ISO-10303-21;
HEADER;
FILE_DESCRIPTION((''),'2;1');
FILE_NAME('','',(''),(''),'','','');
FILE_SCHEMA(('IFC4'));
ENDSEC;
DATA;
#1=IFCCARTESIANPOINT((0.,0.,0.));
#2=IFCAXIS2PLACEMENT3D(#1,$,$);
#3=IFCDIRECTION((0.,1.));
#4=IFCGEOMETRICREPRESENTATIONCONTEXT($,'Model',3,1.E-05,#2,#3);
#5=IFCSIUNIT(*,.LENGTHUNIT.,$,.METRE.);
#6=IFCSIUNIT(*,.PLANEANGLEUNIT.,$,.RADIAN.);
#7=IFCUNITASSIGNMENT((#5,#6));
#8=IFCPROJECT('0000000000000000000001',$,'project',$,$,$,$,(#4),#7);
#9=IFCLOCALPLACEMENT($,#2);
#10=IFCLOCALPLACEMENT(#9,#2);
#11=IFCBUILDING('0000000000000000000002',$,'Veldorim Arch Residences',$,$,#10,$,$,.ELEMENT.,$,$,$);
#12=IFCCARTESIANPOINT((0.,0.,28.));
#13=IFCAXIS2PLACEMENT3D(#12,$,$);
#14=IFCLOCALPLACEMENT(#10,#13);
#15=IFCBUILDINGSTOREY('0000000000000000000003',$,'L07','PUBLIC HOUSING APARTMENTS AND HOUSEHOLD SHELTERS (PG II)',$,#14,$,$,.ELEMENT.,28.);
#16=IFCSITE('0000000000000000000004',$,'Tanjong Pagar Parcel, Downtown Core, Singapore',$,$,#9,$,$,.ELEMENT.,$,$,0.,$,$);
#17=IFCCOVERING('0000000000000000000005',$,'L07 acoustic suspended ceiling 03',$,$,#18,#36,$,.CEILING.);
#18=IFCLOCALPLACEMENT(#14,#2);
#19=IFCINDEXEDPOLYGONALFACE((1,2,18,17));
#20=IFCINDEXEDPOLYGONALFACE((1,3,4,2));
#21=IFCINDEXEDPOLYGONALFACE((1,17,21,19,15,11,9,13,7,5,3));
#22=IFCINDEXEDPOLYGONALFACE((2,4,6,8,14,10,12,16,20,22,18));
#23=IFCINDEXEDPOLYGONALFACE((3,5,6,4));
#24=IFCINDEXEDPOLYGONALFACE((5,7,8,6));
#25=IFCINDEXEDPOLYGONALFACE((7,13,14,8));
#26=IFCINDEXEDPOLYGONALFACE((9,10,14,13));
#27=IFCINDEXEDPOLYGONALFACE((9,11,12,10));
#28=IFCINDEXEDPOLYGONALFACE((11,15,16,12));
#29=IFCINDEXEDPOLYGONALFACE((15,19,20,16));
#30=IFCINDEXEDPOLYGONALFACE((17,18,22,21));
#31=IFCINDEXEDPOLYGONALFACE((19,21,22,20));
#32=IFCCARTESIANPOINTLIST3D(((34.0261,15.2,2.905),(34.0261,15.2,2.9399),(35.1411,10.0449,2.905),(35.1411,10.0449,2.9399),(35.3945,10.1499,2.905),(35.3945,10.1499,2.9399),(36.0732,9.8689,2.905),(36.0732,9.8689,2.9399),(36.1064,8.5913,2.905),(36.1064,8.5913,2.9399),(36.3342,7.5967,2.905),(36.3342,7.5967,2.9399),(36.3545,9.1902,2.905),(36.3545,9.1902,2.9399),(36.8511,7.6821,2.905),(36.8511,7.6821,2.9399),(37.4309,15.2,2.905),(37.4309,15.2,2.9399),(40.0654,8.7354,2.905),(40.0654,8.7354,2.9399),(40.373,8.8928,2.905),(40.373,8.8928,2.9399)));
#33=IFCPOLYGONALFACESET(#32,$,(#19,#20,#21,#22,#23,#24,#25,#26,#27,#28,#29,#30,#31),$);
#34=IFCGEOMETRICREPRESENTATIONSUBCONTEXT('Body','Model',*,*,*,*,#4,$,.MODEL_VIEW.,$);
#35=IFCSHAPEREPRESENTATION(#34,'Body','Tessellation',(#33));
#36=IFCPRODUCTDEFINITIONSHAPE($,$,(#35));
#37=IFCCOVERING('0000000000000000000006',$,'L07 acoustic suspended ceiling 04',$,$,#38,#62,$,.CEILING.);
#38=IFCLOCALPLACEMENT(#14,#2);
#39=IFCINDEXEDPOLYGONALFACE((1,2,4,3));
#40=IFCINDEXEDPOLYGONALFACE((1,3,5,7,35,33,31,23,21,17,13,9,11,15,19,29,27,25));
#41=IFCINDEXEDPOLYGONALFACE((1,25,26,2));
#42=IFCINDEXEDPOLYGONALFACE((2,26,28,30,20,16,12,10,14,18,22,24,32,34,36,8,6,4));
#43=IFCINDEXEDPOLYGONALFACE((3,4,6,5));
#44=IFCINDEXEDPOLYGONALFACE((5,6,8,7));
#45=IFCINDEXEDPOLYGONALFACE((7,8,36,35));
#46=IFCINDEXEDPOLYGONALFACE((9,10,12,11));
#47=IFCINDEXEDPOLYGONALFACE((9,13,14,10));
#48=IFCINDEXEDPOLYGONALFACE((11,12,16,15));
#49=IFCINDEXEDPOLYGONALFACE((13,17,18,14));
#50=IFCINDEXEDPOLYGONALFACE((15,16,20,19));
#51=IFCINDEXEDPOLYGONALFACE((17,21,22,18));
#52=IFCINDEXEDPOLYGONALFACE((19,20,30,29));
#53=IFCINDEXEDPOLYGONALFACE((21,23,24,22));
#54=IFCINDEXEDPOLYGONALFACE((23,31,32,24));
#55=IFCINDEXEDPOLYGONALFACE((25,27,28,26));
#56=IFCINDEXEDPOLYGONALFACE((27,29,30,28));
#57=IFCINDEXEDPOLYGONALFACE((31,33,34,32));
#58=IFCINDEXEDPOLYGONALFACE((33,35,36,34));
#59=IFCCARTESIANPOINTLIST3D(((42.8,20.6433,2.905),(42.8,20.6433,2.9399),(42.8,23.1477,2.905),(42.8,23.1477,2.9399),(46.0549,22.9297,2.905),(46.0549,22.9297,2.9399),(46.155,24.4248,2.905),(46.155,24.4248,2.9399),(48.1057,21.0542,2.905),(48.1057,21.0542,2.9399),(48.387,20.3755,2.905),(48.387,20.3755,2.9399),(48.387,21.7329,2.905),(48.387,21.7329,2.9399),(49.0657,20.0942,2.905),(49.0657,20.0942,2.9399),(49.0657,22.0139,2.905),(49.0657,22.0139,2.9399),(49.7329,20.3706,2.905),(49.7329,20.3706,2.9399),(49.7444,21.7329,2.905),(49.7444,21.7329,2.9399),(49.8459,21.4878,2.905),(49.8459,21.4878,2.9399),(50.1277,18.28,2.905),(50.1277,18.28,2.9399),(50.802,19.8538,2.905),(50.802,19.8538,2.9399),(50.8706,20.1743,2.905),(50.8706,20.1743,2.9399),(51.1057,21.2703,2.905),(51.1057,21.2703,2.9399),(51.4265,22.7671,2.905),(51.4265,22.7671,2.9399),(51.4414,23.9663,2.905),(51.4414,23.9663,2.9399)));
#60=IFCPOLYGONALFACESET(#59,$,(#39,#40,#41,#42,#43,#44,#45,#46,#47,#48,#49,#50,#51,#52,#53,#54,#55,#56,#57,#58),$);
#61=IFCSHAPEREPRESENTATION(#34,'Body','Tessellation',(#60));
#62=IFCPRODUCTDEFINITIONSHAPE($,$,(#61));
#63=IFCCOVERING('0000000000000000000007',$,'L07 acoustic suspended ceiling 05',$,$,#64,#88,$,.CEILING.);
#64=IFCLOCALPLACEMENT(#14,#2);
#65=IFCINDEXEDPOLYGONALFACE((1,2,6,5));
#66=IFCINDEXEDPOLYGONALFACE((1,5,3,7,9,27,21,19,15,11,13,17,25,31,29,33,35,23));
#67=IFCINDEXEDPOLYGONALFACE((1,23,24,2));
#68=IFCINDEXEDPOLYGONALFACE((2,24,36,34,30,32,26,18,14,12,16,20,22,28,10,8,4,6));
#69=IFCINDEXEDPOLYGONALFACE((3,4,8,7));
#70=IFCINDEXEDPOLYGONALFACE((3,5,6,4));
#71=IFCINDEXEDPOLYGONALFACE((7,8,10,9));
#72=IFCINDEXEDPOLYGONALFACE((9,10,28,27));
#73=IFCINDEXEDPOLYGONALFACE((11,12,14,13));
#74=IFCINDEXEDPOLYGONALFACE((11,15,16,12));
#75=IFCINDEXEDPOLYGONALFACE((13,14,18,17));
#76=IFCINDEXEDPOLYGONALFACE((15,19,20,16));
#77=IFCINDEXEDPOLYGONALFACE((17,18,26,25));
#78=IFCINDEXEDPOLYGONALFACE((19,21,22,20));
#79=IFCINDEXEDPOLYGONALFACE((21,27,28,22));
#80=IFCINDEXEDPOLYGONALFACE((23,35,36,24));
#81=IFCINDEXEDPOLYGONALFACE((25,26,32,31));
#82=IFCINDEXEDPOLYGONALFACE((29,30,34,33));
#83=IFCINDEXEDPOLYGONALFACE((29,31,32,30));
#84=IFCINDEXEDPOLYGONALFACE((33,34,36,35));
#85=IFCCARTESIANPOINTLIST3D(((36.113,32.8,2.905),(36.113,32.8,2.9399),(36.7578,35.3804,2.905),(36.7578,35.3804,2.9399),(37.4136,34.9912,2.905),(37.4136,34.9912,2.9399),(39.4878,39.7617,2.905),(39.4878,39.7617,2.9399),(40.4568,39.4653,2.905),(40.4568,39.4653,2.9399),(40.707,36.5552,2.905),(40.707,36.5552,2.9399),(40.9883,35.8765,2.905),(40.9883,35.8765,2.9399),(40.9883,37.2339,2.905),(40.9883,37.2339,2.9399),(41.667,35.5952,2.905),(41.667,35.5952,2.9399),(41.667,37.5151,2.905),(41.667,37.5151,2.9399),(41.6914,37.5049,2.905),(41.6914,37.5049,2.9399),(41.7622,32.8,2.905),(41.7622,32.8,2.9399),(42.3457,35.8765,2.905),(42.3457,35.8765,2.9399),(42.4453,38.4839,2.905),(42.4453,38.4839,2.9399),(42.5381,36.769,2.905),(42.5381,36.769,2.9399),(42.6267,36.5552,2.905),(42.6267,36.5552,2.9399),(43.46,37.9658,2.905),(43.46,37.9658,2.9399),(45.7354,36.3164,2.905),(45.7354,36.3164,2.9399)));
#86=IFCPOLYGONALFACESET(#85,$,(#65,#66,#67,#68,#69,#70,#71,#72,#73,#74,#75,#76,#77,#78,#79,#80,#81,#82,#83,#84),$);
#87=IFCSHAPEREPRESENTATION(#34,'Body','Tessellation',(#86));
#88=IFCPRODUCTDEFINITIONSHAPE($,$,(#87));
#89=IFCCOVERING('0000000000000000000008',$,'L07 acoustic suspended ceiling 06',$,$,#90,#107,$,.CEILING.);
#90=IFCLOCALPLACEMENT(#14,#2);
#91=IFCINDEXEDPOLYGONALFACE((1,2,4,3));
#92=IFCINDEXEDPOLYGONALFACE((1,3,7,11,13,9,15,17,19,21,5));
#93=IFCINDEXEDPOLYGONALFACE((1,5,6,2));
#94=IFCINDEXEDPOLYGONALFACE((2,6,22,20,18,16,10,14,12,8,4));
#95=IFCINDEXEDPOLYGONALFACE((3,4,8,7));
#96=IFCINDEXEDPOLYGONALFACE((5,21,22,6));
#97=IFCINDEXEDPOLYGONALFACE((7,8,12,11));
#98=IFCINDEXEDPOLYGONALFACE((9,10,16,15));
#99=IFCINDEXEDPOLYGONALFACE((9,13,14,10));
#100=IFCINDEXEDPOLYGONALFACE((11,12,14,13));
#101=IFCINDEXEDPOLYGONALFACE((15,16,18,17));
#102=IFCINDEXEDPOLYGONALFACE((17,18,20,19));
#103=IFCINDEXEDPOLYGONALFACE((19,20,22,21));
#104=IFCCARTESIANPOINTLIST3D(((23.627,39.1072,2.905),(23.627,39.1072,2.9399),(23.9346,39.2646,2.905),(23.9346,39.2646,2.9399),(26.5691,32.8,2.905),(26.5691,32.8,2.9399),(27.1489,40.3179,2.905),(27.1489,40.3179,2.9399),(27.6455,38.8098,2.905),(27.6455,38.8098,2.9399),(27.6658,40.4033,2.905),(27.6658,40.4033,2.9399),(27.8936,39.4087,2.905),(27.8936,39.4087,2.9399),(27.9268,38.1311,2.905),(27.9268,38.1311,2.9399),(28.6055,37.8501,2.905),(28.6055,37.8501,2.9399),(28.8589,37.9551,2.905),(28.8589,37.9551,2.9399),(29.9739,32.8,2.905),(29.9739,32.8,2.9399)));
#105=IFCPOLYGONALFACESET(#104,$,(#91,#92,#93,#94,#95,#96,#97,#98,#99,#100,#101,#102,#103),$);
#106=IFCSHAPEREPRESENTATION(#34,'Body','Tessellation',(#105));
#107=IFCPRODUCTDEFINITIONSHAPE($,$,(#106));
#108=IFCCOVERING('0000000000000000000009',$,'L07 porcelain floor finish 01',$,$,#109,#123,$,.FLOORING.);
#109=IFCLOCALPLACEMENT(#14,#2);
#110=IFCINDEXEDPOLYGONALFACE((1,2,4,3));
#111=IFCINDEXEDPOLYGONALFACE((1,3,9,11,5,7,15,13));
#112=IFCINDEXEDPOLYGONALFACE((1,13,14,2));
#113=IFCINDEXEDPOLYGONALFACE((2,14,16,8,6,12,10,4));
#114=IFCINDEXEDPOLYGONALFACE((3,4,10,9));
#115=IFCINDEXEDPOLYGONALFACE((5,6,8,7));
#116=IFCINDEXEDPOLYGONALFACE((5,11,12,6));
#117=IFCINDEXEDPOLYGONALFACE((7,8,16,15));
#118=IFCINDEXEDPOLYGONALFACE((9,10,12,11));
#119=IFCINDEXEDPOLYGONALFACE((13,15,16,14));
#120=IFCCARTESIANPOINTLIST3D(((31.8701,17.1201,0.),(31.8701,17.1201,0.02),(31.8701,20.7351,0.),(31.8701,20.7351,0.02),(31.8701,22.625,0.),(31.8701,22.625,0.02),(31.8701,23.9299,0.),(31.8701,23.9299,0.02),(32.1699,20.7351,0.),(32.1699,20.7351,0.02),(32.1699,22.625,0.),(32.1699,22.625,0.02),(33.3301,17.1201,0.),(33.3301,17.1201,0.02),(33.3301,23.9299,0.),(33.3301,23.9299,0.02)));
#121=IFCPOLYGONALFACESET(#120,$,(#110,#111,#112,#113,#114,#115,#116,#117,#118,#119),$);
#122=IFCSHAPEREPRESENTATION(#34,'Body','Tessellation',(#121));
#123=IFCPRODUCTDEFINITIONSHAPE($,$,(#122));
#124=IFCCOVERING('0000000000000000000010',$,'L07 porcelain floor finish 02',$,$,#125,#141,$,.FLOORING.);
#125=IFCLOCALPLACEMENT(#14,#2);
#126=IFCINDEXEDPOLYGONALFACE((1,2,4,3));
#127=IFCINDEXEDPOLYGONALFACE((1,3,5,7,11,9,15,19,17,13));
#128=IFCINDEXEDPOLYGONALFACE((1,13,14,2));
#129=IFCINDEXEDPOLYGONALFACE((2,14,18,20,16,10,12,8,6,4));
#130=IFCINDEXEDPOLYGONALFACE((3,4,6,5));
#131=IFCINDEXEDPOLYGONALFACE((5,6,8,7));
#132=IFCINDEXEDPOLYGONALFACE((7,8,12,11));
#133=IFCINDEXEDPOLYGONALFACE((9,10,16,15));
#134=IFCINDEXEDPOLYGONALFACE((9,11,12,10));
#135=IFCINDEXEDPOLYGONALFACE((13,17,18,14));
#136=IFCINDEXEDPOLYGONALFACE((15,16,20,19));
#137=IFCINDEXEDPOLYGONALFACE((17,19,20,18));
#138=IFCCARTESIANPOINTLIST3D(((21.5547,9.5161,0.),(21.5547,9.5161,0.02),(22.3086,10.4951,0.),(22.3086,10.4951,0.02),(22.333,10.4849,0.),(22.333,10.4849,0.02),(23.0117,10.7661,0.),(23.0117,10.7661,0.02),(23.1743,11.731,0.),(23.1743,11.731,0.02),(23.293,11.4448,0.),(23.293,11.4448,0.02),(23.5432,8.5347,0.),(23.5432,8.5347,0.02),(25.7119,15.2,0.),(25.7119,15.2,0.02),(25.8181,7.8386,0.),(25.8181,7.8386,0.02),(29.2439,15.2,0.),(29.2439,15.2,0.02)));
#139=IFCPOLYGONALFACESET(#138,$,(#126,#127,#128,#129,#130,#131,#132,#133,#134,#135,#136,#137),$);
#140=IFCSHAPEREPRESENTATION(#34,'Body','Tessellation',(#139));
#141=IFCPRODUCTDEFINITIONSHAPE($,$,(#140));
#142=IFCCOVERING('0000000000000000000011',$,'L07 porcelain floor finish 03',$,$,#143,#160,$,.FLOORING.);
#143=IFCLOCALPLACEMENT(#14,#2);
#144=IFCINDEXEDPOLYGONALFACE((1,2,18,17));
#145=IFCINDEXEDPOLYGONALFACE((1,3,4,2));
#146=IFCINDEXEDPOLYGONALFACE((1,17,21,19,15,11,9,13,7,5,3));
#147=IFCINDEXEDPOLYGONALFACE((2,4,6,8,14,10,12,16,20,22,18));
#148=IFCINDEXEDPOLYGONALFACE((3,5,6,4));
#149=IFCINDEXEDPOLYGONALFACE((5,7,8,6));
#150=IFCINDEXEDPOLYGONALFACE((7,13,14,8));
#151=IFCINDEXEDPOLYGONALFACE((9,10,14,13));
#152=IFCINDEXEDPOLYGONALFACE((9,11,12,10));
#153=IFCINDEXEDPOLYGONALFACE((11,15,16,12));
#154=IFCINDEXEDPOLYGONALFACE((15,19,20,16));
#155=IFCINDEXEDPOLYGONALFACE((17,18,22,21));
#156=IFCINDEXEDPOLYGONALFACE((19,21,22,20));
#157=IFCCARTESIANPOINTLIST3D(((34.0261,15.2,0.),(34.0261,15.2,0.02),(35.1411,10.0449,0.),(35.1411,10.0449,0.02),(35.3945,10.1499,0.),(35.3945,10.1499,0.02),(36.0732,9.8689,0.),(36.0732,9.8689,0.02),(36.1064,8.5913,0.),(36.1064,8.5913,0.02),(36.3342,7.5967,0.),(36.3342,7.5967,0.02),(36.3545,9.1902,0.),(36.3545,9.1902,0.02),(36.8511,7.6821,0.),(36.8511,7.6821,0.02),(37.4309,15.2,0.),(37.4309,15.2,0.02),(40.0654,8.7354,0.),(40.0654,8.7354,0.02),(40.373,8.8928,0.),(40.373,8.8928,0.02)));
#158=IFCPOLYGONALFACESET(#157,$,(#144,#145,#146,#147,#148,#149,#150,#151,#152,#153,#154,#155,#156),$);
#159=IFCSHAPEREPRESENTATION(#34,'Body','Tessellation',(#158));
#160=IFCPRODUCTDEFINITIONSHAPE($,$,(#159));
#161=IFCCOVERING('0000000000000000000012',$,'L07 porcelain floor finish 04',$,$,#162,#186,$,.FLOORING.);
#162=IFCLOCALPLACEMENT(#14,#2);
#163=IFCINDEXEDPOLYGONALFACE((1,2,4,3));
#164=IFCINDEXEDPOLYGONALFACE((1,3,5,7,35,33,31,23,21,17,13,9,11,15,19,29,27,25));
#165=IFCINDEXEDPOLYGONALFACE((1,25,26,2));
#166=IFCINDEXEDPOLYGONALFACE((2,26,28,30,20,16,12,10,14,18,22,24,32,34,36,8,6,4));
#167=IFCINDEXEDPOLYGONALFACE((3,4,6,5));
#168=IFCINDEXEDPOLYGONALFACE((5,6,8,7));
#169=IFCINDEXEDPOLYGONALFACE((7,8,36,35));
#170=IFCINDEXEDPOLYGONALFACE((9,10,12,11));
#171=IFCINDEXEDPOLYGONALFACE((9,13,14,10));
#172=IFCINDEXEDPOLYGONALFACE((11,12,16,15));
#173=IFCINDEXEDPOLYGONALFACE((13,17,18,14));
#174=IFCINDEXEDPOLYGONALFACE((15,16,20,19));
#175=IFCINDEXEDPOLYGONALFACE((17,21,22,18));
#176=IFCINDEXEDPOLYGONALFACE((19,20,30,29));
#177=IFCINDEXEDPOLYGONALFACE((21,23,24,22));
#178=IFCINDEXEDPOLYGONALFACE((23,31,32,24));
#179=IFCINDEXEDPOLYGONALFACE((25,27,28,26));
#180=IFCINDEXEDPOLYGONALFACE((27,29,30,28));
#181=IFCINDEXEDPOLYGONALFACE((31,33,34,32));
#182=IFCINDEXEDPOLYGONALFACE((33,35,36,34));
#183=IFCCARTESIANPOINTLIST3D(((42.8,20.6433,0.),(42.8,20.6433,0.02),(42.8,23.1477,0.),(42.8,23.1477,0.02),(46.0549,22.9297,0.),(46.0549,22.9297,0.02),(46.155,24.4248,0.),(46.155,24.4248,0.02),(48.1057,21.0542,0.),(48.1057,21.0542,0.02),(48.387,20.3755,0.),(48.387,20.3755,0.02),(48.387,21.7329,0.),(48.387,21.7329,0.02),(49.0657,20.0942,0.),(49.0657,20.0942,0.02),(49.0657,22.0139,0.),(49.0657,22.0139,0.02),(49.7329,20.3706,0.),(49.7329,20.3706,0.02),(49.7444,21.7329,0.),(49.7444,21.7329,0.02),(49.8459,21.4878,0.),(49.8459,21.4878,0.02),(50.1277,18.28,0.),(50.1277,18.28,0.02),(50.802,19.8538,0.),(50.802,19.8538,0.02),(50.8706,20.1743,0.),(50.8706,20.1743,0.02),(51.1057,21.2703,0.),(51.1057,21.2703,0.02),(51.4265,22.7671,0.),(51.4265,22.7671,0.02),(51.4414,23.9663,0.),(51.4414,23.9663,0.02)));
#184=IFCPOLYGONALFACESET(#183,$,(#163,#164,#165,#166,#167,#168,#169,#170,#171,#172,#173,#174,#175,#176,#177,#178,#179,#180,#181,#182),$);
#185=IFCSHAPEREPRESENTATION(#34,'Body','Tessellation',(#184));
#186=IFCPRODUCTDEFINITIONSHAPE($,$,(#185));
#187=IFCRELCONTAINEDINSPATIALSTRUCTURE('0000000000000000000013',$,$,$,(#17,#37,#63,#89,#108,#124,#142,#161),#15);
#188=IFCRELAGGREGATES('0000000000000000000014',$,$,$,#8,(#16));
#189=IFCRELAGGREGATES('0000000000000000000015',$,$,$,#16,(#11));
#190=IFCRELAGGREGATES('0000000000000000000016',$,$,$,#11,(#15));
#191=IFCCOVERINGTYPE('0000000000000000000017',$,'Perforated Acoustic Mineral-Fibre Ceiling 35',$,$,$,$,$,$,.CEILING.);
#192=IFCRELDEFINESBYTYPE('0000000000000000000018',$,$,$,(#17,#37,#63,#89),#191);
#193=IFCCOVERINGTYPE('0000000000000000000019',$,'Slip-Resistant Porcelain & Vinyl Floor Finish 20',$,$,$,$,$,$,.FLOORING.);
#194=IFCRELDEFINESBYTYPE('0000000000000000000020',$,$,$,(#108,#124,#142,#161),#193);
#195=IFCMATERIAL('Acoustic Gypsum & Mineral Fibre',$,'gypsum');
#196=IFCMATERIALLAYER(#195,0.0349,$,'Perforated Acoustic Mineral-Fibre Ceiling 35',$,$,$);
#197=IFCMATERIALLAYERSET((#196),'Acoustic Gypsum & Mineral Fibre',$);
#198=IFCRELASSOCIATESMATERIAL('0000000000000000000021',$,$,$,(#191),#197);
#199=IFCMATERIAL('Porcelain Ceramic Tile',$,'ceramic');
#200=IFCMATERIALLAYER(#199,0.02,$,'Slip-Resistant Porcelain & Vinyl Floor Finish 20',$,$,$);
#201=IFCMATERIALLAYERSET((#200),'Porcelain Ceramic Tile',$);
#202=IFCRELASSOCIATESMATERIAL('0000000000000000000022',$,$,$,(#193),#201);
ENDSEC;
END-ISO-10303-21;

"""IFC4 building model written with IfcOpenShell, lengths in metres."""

from ifc_helpers import new_model, si_unit, direction, frame, origin, place, context, subcontext, project, spatial, polyline, outline, extrude, material, layer, layer_set, type_object, element, save


model = new_model("IFC4")

# Units and contexts
model_context = context("Model", 3, precision=1e-05, world=origin(), true_north=direction((0.0, 1.0)))
body_context = subcontext(model_context, "Body", "Model", "MODEL_VIEW")
ifc_project = project(units=[si_unit("LENGTHUNIT", "METRE"), si_unit("PLANEANGLEUNIT", "RADIAN")], contexts=[model_context])

# Site, building, storey
site_placement = place(None, origin())
site = spatial("IfcSite", under=ifc_project, at=site_placement, Name="Tanjong Pagar Parcel, Downtown Core, Singapore", CompositionType="ELEMENT", RefElevation=0.0)
building_placement = place(site_placement, origin())
building = spatial("IfcBuilding", under=site, at=building_placement, Name="Veldorim Arch Residences", CompositionType="ELEMENT")
storey_placement = place(building_placement, frame((0.0, 0.0, 28.0)))
storey = spatial("IfcBuildingStorey", under=building, at=storey_placement, Name="L07", Description="PUBLIC HOUSING APARTMENTS AND HOUSEHOLD SHELTERS (PG II)", CompositionType="ELEMENT", Elevation=28.0)

# Coverings
ifc_material_1 = material(Name="Acoustic Gypsum & Mineral Fibre", Category="gypsum")
ifc_layer_1 = layer(ifc_material_1, 0.0349, Name="Perforated Acoustic Mineral-Fibre Ceiling 35")
ifc_layer_set_1 = layer_set([ifc_layer_1], Name="Acoustic Gypsum & Mineral Fibre")
covering_type_1 = type_object("IfcCoveringType", Name="Perforated Acoustic Mineral-Fibre Ceiling 35", PredefinedType="CEILING", material=ifc_layer_set_1)
covering_1_placement = place(storey_placement, frame((0.0, 0.0, 2.905)))
element("IfcCovering", 1, at=covering_1_placement, inside=storey, type_object=covering_type_1, Name="L07 acoustic suspended ceiling 03", PredefinedType="CEILING", context=body_context, shape_type="SweptSolid", body=[
    extrude(outline(polyline([(36.3545, 9.1902), (36.0732, 9.8689), (35.3945, 10.1499), (35.1411, 10.0449), (34.0261, 15.2), (37.4309, 15.2), (40.373, 8.8928), (40.0654, 8.7354), (36.8511, 7.6821), (36.3342, 7.5967), (36.1064, 8.5913), (36.3545, 9.1902)])), origin(), (0.0, 0.0, 1.0), 0.0349),
])
covering_2_placement = place(storey_placement, frame((0.0, 0.0, 2.905)))
element("IfcCovering", 2, at=covering_2_placement, inside=storey, type_object=covering_type_1, Name="L07 acoustic suspended ceiling 04", PredefinedType="CEILING", context=body_context, shape_type="SweptSolid", body=[
    extrude(outline(polyline([(49.0657, 20.0942), (49.7329, 20.3706), (50.8706, 20.1743), (50.802, 19.8538), (50.1277, 18.28), (42.8, 20.6433), (42.8, 23.1477), (46.0549, 22.9297), (46.155, 24.4248), (51.4414, 23.9663), (51.4265, 22.7671), (51.1057, 21.2703), (49.8459, 21.4878), (49.7444, 21.7329), (49.0657, 22.0139), (48.387, 21.7329), (48.1057, 21.0542), (48.387, 20.3755), (49.0657, 20.0942)])), origin(), (0.0, 0.0, 1.0), 0.0349),
])
covering_3_placement = place(storey_placement, frame((0.0, 0.0, 2.905)))
element("IfcCovering", 3, at=covering_3_placement, inside=storey, type_object=covering_type_1, Name="L07 acoustic suspended ceiling 05", PredefinedType="CEILING", context=body_context, shape_type="SweptSolid", body=[
    extrude(outline(polyline([(41.667, 37.5151), (40.9883, 37.2339), (40.707, 36.5552), (40.9883, 35.8765), (41.667, 35.5952), (42.3457, 35.8765), (42.6267, 36.5552), (42.5381, 36.769), (43.46, 37.9658), (45.7354, 36.3164), (41.7622, 32.8), (36.113, 32.8), (37.4136, 34.9912), (36.7578, 35.3804), (39.4878, 39.7617), (40.4568, 39.4653), (42.4453, 38.4839), (41.6914, 37.5049), (41.667, 37.5151)])), origin(), (0.0, 0.0, 1.0), 0.0349),
])
covering_4_placement = place(storey_placement, frame((0.0, 0.0, 2.905)))
element("IfcCovering", 4, at=covering_4_placement, inside=storey, type_object=covering_type_1, Name="L07 acoustic suspended ceiling 06", PredefinedType="CEILING", context=body_context, shape_type="SweptSolid", body=[
    extrude(outline(polyline([(27.6658, 40.4033), (27.8936, 39.4087), (27.6455, 38.8098), (27.9268, 38.1311), (28.6055, 37.8501), (28.8589, 37.9551), (29.9739, 32.8), (26.5691, 32.8), (23.627, 39.1072), (23.9346, 39.2646), (27.1489, 40.3179), (27.6658, 40.4033)])), origin(), (0.0, 0.0, 1.0), 0.0349),
])
ifc_material_2 = material(Name="Porcelain Ceramic Tile", Category="ceramic")
ifc_layer_2 = layer(ifc_material_2, 0.02, Name="Slip-Resistant Porcelain & Vinyl Floor Finish 20")
ifc_layer_set_2 = layer_set([ifc_layer_2], Name="Porcelain Ceramic Tile")
covering_type_2 = type_object("IfcCoveringType", Name="Slip-Resistant Porcelain & Vinyl Floor Finish 20", PredefinedType="FLOORING", material=ifc_layer_set_2)
covering_5_placement = place(storey_placement, origin())
element("IfcCovering", 5, at=covering_5_placement, inside=storey, type_object=covering_type_2, Name="L07 porcelain floor finish 01", PredefinedType="FLOORING", context=body_context, shape_type="SweptSolid", body=[
    extrude(outline(polyline([(33.3301, 23.9299), (33.3301, 17.1201), (31.8701, 17.1201), (31.8701, 20.7351), (32.1699, 20.7351), (32.1699, 22.625), (31.8701, 22.625), (31.8701, 23.9299), (33.3301, 23.9299)])), origin(), (0.0, 0.0, 1.0), 0.02),
])
covering_6_placement = place(storey_placement, origin())
element("IfcCovering", 6, at=covering_6_placement, inside=storey, type_object=covering_type_2, Name="L07 porcelain floor finish 02", PredefinedType="FLOORING", context=body_context, shape_type="SweptSolid", body=[
    extrude(outline(polyline([(22.3086, 10.4951), (22.333, 10.4849), (23.0117, 10.7661), (23.293, 11.4448), (23.1743, 11.731), (25.7119, 15.2), (29.2439, 15.2), (25.8181, 7.8386), (23.5432, 8.5347), (21.5547, 9.5161), (22.3086, 10.4951)])), origin(), (0.0, 0.0, 1.0), 0.02),
])
covering_7_placement = place(storey_placement, origin())
element("IfcCovering", 7, at=covering_7_placement, inside=storey, type_object=covering_type_2, Name="L07 porcelain floor finish 03", PredefinedType="FLOORING", context=body_context, shape_type="SweptSolid", body=[
    extrude(outline(polyline([(36.3545, 9.1902), (36.0732, 9.8689), (35.3945, 10.1499), (35.1411, 10.0449), (34.0261, 15.2), (37.4309, 15.2), (40.373, 8.8928), (40.0654, 8.7354), (36.8511, 7.6821), (36.3342, 7.5967), (36.1064, 8.5913), (36.3545, 9.1902)])), origin(), (0.0, 0.0, 1.0), 0.02),
])
covering_8_placement = place(storey_placement, origin())
element("IfcCovering", 8, at=covering_8_placement, inside=storey, type_object=covering_type_2, Name="L07 porcelain floor finish 04", PredefinedType="FLOORING", context=body_context, shape_type="SweptSolid", body=[
    extrude(outline(polyline([(49.0657, 20.0942), (49.7329, 20.3706), (50.8706, 20.1743), (50.802, 19.8538), (50.1277, 18.28), (42.8, 20.6433), (42.8, 23.1477), (46.0549, 22.9297), (46.155, 24.4248), (51.4414, 23.9663), (51.4265, 22.7671), (51.1057, 21.2703), (49.8459, 21.4878), (49.7444, 21.7329), (49.0657, 22.0139), (48.387, 21.7329), (48.1057, 21.0542), (48.387, 20.3755), (49.0657, 20.0942)])), origin(), (0.0, 0.0, 1.0), 0.02),
])

save(model, "model.ifc")
